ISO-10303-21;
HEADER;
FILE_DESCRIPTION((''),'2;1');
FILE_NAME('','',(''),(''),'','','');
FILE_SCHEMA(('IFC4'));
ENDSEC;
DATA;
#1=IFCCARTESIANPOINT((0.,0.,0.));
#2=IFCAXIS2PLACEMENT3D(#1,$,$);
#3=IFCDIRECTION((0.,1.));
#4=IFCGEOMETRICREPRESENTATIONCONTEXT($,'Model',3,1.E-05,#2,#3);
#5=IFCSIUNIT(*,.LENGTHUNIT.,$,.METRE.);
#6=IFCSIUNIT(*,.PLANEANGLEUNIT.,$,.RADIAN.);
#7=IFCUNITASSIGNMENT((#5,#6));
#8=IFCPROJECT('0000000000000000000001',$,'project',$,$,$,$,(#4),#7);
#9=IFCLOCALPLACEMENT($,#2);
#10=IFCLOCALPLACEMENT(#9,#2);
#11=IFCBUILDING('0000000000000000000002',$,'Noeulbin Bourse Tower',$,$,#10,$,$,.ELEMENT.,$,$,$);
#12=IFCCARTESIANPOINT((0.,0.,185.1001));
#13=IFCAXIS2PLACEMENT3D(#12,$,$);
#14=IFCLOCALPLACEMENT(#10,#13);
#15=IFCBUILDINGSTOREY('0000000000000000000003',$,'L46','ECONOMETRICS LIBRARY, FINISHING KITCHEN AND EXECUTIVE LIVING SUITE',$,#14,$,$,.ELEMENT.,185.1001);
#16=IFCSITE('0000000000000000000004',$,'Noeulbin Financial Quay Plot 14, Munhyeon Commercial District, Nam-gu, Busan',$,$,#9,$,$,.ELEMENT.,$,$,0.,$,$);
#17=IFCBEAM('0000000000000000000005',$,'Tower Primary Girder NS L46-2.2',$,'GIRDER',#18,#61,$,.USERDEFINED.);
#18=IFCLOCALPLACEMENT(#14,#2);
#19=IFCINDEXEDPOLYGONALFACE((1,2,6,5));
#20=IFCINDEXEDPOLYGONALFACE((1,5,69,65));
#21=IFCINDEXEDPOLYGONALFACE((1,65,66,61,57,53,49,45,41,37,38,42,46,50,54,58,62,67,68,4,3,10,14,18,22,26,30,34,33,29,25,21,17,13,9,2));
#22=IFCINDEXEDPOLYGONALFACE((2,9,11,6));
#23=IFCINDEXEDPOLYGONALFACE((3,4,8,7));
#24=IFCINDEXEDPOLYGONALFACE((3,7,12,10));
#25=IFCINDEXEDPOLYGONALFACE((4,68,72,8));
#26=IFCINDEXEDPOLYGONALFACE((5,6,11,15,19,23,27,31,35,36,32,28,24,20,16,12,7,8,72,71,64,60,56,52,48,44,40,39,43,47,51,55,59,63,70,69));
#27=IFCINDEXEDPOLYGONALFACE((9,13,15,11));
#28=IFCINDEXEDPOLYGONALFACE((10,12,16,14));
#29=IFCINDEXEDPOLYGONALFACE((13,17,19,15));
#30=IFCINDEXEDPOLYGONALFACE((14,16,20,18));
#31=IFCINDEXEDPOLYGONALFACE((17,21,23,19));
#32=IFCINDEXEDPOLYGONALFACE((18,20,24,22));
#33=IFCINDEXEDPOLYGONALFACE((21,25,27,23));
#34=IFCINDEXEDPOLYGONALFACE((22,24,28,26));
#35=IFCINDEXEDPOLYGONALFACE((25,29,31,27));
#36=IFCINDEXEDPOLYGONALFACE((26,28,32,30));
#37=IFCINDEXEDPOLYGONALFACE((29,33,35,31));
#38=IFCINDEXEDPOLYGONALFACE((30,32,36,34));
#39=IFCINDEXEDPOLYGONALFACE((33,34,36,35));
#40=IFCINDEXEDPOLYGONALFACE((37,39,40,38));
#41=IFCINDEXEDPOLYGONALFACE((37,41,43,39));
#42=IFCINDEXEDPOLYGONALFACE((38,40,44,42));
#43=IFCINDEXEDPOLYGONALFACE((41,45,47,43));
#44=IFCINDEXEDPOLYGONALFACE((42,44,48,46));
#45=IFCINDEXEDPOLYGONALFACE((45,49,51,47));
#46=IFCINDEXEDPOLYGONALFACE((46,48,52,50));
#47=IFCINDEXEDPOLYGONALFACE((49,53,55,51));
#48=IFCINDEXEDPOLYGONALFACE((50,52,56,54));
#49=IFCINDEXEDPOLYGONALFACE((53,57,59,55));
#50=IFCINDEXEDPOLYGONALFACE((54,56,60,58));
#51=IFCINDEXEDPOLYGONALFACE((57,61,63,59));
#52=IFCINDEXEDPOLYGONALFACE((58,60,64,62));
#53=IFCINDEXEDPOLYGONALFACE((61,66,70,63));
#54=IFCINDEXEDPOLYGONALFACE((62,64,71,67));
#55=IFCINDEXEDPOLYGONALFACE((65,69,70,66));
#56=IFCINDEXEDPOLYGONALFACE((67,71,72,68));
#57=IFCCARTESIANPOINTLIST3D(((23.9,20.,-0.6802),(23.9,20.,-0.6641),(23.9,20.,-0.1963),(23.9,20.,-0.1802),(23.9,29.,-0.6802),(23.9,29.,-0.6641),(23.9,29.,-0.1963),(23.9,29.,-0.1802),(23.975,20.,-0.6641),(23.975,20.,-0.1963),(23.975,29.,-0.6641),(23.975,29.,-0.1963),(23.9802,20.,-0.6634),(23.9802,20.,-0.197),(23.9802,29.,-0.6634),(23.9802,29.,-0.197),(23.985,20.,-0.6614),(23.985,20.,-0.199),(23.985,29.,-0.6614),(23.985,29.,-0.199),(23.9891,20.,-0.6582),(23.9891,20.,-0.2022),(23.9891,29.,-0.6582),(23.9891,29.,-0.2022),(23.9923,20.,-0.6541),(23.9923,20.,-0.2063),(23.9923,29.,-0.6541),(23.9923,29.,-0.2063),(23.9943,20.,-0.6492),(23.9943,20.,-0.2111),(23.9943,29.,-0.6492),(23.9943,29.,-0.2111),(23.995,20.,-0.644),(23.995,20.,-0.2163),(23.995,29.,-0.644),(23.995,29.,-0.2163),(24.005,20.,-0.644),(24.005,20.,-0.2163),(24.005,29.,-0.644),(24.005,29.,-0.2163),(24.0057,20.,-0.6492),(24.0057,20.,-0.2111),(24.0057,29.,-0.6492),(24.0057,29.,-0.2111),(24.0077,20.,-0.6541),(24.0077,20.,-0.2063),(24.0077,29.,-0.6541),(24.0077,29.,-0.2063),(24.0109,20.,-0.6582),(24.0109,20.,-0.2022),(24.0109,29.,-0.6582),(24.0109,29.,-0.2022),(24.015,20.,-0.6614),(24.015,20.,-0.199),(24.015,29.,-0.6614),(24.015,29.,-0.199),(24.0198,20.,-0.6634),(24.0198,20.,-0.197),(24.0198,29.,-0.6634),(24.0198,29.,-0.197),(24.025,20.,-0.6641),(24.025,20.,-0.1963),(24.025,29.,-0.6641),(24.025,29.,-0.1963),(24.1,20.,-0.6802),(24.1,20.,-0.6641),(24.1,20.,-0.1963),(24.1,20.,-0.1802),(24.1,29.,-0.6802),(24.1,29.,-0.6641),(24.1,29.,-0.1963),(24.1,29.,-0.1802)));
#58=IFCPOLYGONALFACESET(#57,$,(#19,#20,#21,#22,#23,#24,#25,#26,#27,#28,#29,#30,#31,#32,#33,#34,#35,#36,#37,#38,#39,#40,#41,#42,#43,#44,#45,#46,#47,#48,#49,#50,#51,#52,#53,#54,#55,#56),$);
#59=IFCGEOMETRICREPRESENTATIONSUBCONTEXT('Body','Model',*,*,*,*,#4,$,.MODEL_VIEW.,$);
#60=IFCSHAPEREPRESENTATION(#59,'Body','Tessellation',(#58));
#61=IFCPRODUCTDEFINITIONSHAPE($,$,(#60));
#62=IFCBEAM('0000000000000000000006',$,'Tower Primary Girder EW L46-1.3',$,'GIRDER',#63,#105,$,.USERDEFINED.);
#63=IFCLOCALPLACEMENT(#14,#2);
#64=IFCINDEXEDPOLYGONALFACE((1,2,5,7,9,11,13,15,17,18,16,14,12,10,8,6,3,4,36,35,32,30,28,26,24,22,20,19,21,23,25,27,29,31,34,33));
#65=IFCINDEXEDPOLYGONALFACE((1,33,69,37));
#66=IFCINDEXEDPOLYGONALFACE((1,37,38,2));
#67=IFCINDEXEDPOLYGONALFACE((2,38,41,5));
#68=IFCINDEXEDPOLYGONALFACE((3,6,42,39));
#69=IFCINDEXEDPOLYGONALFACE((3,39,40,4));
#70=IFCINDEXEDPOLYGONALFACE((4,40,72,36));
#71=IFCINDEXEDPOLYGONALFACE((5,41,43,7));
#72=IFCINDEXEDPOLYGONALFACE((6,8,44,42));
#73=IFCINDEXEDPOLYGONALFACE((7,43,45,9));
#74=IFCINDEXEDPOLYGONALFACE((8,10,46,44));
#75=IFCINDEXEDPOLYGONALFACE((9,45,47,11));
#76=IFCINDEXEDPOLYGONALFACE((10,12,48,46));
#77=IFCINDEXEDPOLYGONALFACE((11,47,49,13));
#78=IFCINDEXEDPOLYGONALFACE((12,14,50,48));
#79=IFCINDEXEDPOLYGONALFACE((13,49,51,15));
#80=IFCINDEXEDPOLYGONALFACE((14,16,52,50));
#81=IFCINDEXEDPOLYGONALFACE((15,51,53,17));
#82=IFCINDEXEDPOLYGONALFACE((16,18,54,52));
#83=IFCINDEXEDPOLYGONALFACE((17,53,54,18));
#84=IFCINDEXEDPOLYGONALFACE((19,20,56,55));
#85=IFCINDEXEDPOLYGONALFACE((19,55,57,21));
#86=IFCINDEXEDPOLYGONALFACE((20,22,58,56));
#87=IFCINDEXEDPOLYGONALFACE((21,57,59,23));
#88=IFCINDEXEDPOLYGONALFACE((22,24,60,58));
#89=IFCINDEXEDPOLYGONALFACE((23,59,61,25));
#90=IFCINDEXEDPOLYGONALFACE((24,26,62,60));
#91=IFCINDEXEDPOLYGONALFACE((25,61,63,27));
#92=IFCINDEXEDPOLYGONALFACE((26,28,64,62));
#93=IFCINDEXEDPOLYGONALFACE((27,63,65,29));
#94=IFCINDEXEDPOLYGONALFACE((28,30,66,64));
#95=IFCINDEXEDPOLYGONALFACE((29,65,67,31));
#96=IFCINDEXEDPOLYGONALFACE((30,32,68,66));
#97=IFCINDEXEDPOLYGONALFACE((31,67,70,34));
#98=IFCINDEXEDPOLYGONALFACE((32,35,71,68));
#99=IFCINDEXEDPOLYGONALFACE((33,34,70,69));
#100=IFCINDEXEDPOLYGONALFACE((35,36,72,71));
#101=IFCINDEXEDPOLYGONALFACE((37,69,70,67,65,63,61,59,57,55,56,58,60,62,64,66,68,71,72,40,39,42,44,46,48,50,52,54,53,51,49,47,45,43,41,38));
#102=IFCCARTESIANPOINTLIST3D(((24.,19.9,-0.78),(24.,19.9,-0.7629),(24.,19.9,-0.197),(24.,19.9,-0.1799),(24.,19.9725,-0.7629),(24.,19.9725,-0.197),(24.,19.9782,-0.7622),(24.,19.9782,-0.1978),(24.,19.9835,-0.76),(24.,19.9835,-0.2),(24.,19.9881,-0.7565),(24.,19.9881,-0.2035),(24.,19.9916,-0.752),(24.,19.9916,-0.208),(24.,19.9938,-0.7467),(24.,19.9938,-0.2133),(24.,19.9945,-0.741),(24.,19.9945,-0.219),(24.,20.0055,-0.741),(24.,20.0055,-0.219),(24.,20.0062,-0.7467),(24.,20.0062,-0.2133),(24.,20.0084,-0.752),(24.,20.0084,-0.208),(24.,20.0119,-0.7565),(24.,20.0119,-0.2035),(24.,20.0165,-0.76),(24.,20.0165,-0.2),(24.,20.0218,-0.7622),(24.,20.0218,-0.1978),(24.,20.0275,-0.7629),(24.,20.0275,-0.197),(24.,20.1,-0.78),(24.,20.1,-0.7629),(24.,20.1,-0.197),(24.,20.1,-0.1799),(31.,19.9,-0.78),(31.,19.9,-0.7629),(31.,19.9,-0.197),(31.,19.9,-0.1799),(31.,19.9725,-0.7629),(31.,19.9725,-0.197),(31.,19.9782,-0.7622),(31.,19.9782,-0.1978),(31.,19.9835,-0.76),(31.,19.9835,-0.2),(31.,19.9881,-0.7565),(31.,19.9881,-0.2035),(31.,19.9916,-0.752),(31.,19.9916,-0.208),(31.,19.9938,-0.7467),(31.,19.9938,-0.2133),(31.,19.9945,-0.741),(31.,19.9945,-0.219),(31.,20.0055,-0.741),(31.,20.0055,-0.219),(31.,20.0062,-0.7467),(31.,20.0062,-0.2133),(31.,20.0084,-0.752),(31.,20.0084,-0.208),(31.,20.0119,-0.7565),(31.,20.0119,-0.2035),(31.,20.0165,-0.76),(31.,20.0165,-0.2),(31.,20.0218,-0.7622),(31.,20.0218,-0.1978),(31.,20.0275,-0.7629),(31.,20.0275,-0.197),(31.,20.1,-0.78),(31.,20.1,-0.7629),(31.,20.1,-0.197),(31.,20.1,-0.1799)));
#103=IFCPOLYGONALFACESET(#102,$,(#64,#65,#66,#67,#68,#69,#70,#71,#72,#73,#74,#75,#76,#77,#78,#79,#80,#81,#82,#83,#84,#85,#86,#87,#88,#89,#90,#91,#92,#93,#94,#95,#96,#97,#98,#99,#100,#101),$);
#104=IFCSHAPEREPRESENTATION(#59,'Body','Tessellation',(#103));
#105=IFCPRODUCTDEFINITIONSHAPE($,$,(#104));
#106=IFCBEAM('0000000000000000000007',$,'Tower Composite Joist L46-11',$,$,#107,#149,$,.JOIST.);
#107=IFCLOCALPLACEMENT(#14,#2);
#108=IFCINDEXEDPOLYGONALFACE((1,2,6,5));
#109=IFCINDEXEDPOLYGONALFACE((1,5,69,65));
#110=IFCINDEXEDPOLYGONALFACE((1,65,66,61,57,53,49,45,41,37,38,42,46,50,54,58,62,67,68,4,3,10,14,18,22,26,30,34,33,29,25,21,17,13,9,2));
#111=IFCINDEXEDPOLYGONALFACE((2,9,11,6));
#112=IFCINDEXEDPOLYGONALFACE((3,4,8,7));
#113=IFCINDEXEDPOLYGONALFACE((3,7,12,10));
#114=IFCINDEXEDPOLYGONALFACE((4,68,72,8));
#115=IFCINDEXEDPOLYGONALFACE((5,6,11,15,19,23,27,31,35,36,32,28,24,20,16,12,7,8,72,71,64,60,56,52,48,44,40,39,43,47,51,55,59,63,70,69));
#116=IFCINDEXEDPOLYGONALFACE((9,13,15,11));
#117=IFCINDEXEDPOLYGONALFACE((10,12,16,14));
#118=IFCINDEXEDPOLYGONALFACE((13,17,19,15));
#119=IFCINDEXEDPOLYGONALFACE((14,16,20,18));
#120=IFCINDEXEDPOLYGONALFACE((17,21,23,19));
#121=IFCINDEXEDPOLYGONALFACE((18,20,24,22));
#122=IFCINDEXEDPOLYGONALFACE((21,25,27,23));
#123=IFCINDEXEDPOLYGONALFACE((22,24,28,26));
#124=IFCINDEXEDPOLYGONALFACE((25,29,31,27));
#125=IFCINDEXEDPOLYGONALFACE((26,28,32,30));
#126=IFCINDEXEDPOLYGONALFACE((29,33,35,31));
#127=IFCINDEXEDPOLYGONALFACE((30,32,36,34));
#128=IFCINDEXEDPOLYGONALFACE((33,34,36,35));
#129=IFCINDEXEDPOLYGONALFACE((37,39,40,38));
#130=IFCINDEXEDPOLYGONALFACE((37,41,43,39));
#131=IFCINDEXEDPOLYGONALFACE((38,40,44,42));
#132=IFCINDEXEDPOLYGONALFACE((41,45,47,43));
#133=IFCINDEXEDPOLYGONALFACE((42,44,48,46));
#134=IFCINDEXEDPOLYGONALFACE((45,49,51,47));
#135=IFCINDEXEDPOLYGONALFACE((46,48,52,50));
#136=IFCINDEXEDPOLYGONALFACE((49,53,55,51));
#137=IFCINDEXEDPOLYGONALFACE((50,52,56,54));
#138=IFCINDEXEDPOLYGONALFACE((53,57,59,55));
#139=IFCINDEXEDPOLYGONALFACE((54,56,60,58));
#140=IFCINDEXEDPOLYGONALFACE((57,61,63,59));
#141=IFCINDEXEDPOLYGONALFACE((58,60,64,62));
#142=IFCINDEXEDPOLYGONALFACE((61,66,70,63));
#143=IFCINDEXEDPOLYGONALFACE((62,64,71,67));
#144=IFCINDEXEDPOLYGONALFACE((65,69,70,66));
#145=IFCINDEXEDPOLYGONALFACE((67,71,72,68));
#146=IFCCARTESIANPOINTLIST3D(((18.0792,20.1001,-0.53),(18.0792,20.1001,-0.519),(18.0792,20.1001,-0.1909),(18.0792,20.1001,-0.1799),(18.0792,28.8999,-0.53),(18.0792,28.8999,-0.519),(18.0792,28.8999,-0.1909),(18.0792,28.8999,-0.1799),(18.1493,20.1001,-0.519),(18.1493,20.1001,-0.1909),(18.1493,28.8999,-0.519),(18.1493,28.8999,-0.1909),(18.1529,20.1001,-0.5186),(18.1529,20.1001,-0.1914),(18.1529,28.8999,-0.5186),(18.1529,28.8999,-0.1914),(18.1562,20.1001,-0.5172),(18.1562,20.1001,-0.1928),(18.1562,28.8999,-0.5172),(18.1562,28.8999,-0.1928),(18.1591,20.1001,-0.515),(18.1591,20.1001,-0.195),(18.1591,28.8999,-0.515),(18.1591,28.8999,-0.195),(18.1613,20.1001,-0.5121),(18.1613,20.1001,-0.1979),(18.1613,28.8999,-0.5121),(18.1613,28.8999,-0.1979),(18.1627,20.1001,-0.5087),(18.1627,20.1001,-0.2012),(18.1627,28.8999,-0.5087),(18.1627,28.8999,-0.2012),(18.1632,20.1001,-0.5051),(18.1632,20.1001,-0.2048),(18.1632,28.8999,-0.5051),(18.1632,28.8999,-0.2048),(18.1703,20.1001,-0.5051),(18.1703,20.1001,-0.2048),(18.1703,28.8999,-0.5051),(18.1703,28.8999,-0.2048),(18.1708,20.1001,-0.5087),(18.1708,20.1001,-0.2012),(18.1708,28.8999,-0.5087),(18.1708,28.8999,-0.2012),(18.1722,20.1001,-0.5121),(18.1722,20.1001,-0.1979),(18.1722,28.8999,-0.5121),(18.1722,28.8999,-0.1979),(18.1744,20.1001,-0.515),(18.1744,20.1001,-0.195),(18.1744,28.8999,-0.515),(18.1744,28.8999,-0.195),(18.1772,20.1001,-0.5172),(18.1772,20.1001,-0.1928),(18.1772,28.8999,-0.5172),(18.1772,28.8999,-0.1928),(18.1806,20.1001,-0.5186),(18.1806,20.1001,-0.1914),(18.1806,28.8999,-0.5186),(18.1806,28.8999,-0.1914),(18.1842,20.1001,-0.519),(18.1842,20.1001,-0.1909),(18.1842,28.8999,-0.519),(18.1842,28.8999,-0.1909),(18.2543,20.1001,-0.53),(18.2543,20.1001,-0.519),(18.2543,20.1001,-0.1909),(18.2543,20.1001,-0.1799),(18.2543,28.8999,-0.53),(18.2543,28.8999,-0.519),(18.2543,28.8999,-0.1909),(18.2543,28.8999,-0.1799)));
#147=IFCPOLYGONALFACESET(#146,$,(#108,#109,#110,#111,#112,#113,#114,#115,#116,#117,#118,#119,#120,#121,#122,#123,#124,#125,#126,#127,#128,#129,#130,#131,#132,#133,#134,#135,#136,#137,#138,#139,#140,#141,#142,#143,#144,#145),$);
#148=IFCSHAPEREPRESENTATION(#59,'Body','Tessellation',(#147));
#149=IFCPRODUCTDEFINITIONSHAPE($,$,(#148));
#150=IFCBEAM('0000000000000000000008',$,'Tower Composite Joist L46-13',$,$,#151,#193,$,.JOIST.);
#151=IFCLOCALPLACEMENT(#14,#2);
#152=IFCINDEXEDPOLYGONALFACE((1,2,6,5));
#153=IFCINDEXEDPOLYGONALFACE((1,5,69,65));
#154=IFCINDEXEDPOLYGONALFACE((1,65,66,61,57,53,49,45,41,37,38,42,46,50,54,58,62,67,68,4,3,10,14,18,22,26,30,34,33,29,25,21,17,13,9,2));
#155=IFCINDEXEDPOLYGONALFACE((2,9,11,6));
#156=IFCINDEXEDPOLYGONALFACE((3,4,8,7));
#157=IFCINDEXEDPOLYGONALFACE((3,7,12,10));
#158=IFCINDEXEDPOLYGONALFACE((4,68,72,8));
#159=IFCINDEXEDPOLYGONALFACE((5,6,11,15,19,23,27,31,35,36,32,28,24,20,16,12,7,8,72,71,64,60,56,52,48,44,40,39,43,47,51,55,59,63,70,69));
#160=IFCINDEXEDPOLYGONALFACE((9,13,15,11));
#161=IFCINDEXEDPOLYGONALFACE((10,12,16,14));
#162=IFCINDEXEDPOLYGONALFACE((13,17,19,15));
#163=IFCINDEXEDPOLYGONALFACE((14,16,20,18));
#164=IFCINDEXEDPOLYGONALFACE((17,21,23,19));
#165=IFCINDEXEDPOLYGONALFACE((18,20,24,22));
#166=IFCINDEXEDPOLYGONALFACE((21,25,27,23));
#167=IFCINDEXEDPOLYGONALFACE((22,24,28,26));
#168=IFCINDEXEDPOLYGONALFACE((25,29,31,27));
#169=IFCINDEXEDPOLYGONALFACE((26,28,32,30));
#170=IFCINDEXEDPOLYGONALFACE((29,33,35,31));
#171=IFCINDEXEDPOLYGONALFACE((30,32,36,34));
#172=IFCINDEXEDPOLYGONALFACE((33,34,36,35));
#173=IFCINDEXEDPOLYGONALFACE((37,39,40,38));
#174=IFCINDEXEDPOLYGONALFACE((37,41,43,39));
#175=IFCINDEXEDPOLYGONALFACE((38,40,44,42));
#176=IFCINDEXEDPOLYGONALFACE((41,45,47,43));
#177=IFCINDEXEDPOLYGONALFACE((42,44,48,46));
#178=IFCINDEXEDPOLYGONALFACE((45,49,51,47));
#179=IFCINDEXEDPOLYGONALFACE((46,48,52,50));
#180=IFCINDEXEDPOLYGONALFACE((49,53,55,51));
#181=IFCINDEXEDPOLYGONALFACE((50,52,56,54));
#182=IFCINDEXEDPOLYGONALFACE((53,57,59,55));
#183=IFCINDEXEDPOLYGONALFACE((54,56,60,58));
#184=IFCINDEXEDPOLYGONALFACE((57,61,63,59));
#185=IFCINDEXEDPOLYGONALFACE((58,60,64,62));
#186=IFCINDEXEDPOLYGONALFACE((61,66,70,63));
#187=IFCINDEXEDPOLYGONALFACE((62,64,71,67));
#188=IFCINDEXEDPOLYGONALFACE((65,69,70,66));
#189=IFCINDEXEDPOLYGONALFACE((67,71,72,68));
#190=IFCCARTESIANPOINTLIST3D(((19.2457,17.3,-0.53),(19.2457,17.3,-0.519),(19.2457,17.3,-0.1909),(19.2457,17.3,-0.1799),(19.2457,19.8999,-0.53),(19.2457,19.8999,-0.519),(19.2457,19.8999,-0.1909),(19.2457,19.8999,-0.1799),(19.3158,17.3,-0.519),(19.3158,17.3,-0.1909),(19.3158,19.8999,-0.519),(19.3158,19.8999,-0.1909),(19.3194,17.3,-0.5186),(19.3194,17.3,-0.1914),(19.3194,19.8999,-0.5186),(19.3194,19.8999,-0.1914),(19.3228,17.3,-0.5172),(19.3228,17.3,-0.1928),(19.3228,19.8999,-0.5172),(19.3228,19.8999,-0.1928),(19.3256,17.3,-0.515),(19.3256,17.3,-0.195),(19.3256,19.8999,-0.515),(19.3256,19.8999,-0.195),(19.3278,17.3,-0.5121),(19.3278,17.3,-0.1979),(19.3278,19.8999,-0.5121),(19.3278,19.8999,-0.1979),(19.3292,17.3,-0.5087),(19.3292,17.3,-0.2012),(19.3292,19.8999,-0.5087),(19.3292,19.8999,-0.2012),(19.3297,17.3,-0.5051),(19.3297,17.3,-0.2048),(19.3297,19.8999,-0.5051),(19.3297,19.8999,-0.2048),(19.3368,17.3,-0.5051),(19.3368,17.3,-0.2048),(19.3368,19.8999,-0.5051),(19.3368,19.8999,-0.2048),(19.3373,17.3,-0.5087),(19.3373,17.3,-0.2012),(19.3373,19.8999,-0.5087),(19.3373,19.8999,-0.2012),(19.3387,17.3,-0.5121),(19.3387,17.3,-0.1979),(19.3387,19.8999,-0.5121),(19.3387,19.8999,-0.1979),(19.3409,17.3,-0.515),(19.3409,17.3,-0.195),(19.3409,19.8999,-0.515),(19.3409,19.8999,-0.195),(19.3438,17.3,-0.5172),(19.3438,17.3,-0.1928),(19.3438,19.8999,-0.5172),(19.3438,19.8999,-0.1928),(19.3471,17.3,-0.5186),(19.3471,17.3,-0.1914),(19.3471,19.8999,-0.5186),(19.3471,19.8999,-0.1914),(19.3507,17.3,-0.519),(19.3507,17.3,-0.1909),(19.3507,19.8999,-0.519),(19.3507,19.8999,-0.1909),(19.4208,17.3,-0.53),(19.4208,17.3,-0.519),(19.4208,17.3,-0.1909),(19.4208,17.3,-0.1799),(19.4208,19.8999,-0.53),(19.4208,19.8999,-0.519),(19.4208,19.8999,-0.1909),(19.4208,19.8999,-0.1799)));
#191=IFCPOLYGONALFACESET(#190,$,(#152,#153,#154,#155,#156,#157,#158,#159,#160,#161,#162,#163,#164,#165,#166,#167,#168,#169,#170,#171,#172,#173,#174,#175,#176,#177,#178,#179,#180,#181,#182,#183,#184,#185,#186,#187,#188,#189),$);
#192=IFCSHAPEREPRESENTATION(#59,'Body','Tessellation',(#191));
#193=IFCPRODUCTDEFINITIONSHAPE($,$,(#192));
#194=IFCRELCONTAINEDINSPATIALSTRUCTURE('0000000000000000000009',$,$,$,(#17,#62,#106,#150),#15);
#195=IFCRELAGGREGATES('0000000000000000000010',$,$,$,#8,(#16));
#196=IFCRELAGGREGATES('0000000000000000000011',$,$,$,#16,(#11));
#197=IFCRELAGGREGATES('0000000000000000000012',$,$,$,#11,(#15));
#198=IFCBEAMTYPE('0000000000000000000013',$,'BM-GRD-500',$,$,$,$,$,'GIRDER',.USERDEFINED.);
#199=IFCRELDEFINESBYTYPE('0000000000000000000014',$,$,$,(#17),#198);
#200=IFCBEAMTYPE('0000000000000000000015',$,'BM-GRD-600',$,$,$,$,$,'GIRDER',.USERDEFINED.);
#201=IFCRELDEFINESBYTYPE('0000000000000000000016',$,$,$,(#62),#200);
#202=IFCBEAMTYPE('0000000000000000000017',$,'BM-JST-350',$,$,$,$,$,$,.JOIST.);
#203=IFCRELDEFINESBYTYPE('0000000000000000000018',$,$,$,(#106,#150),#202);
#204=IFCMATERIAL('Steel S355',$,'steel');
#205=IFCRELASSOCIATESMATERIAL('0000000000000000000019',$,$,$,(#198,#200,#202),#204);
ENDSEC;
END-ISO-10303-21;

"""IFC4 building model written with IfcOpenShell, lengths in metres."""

from ifc_helpers import new_model, si_unit, direction, frame, origin, origin_2d, place, context, subcontext, project, spatial, i_section, extrude, material, material_profile, profile_set, type_object, element, save


model = new_model("IFC4")

# Units and contexts
model_context = context("Model", 3, precision=1e-05, world=origin(), true_north=direction((0.0, 1.0)))
body_context = subcontext(model_context, "Body", "Model", "MODEL_VIEW")
ifc_project = project(units=[si_unit("LENGTHUNIT", "METRE"), si_unit("PLANEANGLEUNIT", "RADIAN")], contexts=[model_context])

# Site, building, storey
site_placement = place(None, origin())
site = spatial("IfcSite", under=ifc_project, at=site_placement, Name="Noeulbin Financial Quay Plot 14, Munhyeon Commercial District, Nam-gu, Busan", CompositionType="ELEMENT", RefElevation=0.0)
building_placement = place(site_placement, origin())
building = spatial("IfcBuilding", under=site, at=building_placement, Name="Noeulbin Bourse Tower", CompositionType="ELEMENT")
storey_placement = place(building_placement, frame((0.0, 0.0, 185.1001)))
storey = spatial("IfcBuildingStorey", under=building, at=storey_placement, Name="L46", Description="ECONOMETRICS LIBRARY, FINISHING KITCHEN AND EXECUTIVE LIVING SUITE", CompositionType="ELEMENT", Elevation=185.1001)

# Shared definitions
ifc_material_1 = material(Name="Steel S355", Category="steel")

# Beams
ifc_material_profile_1 = material_profile(ifc_material_1, i_section(OverallWidth=0.2, OverallDepth=0.5, WebThickness=0.01, FlangeThickness=0.0161, FilletRadius=0.02, at=origin_2d()), Name="H-500x200x10x16", Category="LoadBearing")
ifc_profile_set_1 = profile_set([ifc_material_profile_1], Name="Steel S355")
beam_type_1 = type_object("IfcBeamType", Name="BM-GRD-500", ElementType="GIRDER", PredefinedType="USERDEFINED", material=ifc_profile_set_1)
beam_1_placement = place(storey_placement, frame((24.0, 20.0, -0.4302), z_axis=(0.0, 1.0, 0.0), x_axis=(-1.0, 0.0, 0.0)))
element("IfcBeam", 1, at=beam_1_placement, inside=storey, type_object=beam_type_1, Name="Tower Primary Girder NS L46-2.2", ObjectType="GIRDER", PredefinedType="USERDEFINED", context=body_context, shape_type="SweptSolid", body=[
    extrude(i_section(OverallWidth=0.2, OverallDepth=0.5, WebThickness=0.01, FlangeThickness=0.0161, FilletRadius=0.02, at=origin_2d()), origin(), (0.0, 0.0, 1.0), 9.0),
])
ifc_material_profile_2 = material_profile(ifc_material_1, i_section(OverallWidth=0.2, OverallDepth=0.6001, WebThickness=0.011, FlangeThickness=0.0171, FilletRadius=0.022, at=origin_2d()), Name="H-600x200x11x17", Category="LoadBearing")
ifc_profile_set_2 = profile_set([ifc_material_profile_2], Name="Steel S355")
beam_type_2 = type_object("IfcBeamType", Name="BM-GRD-600", ElementType="GIRDER", PredefinedType="USERDEFINED", material=ifc_profile_set_2)
beam_2_placement = place(storey_placement, frame((24.0, 20.0, -0.48), z_axis=(1.0, 0.0, 0.0), x_axis=(0.0, 1.0, 0.0)))
element("IfcBeam", 2, at=beam_2_placement, inside=storey, type_object=beam_type_2, Name="Tower Primary Girder EW L46-1.3", ObjectType="GIRDER", PredefinedType="USERDEFINED", context=body_context, shape_type="SweptSolid", body=[
    extrude(i_section(OverallWidth=0.2, OverallDepth=0.6001, WebThickness=0.011, FlangeThickness=0.0171, FilletRadius=0.022, at=origin_2d()), origin(), (0.0, 0.0, 1.0), 7.0),
])
ifc_material_profile_3 = material_profile(ifc_material_1, i_section(OverallWidth=0.175, OverallDepth=0.3501, WebThickness=0.0071, FlangeThickness=0.011, FilletRadius=0.0139, at=origin_2d()), Name="H-350x175x7x11", Category="LoadBearing")
ifc_profile_set_3 = profile_set([ifc_material_profile_3], Name="Steel S355")
beam_type_3 = type_object("IfcBeamType", Name="BM-JST-350", PredefinedType="JOIST", material=ifc_profile_set_3)
beam_3_placement = place(storey_placement, frame((18.1667, 20.1001, -0.355), z_axis=(0.0, 1.0, 0.0), x_axis=(-1.0, 0.0, 0.0)))
element("IfcBeam", 3, at=beam_3_placement, inside=storey, type_object=beam_type_3, Name="Tower Composite Joist L46-11", PredefinedType="JOIST", context=body_context, shape_type="SweptSolid", body=[
    extrude(i_section(OverallWidth=0.175, OverallDepth=0.3501, WebThickness=0.0071, FlangeThickness=0.011, FilletRadius=0.0139, at=origin_2d()), origin(), (0.0, 0.0, 1.0), 8.7998),
])
beam_4_placement = place(storey_placement, frame((19.3333, 17.3, -0.355), z_axis=(0.0, 1.0, 0.0), x_axis=(-1.0, 0.0, 0.0)))
element("IfcBeam", 4, at=beam_4_placement, inside=storey, type_object=beam_type_3, Name="Tower Composite Joist L46-13", PredefinedType="JOIST", context=body_context, shape_type="SweptSolid", body=[
    extrude(i_section(OverallWidth=0.175, OverallDepth=0.3501, WebThickness=0.0071, FlangeThickness=0.011, FilletRadius=0.0139, at=origin_2d()), origin(), (0.0, 0.0, 1.0), 2.5999),
])

save(model, "model.ifc")
